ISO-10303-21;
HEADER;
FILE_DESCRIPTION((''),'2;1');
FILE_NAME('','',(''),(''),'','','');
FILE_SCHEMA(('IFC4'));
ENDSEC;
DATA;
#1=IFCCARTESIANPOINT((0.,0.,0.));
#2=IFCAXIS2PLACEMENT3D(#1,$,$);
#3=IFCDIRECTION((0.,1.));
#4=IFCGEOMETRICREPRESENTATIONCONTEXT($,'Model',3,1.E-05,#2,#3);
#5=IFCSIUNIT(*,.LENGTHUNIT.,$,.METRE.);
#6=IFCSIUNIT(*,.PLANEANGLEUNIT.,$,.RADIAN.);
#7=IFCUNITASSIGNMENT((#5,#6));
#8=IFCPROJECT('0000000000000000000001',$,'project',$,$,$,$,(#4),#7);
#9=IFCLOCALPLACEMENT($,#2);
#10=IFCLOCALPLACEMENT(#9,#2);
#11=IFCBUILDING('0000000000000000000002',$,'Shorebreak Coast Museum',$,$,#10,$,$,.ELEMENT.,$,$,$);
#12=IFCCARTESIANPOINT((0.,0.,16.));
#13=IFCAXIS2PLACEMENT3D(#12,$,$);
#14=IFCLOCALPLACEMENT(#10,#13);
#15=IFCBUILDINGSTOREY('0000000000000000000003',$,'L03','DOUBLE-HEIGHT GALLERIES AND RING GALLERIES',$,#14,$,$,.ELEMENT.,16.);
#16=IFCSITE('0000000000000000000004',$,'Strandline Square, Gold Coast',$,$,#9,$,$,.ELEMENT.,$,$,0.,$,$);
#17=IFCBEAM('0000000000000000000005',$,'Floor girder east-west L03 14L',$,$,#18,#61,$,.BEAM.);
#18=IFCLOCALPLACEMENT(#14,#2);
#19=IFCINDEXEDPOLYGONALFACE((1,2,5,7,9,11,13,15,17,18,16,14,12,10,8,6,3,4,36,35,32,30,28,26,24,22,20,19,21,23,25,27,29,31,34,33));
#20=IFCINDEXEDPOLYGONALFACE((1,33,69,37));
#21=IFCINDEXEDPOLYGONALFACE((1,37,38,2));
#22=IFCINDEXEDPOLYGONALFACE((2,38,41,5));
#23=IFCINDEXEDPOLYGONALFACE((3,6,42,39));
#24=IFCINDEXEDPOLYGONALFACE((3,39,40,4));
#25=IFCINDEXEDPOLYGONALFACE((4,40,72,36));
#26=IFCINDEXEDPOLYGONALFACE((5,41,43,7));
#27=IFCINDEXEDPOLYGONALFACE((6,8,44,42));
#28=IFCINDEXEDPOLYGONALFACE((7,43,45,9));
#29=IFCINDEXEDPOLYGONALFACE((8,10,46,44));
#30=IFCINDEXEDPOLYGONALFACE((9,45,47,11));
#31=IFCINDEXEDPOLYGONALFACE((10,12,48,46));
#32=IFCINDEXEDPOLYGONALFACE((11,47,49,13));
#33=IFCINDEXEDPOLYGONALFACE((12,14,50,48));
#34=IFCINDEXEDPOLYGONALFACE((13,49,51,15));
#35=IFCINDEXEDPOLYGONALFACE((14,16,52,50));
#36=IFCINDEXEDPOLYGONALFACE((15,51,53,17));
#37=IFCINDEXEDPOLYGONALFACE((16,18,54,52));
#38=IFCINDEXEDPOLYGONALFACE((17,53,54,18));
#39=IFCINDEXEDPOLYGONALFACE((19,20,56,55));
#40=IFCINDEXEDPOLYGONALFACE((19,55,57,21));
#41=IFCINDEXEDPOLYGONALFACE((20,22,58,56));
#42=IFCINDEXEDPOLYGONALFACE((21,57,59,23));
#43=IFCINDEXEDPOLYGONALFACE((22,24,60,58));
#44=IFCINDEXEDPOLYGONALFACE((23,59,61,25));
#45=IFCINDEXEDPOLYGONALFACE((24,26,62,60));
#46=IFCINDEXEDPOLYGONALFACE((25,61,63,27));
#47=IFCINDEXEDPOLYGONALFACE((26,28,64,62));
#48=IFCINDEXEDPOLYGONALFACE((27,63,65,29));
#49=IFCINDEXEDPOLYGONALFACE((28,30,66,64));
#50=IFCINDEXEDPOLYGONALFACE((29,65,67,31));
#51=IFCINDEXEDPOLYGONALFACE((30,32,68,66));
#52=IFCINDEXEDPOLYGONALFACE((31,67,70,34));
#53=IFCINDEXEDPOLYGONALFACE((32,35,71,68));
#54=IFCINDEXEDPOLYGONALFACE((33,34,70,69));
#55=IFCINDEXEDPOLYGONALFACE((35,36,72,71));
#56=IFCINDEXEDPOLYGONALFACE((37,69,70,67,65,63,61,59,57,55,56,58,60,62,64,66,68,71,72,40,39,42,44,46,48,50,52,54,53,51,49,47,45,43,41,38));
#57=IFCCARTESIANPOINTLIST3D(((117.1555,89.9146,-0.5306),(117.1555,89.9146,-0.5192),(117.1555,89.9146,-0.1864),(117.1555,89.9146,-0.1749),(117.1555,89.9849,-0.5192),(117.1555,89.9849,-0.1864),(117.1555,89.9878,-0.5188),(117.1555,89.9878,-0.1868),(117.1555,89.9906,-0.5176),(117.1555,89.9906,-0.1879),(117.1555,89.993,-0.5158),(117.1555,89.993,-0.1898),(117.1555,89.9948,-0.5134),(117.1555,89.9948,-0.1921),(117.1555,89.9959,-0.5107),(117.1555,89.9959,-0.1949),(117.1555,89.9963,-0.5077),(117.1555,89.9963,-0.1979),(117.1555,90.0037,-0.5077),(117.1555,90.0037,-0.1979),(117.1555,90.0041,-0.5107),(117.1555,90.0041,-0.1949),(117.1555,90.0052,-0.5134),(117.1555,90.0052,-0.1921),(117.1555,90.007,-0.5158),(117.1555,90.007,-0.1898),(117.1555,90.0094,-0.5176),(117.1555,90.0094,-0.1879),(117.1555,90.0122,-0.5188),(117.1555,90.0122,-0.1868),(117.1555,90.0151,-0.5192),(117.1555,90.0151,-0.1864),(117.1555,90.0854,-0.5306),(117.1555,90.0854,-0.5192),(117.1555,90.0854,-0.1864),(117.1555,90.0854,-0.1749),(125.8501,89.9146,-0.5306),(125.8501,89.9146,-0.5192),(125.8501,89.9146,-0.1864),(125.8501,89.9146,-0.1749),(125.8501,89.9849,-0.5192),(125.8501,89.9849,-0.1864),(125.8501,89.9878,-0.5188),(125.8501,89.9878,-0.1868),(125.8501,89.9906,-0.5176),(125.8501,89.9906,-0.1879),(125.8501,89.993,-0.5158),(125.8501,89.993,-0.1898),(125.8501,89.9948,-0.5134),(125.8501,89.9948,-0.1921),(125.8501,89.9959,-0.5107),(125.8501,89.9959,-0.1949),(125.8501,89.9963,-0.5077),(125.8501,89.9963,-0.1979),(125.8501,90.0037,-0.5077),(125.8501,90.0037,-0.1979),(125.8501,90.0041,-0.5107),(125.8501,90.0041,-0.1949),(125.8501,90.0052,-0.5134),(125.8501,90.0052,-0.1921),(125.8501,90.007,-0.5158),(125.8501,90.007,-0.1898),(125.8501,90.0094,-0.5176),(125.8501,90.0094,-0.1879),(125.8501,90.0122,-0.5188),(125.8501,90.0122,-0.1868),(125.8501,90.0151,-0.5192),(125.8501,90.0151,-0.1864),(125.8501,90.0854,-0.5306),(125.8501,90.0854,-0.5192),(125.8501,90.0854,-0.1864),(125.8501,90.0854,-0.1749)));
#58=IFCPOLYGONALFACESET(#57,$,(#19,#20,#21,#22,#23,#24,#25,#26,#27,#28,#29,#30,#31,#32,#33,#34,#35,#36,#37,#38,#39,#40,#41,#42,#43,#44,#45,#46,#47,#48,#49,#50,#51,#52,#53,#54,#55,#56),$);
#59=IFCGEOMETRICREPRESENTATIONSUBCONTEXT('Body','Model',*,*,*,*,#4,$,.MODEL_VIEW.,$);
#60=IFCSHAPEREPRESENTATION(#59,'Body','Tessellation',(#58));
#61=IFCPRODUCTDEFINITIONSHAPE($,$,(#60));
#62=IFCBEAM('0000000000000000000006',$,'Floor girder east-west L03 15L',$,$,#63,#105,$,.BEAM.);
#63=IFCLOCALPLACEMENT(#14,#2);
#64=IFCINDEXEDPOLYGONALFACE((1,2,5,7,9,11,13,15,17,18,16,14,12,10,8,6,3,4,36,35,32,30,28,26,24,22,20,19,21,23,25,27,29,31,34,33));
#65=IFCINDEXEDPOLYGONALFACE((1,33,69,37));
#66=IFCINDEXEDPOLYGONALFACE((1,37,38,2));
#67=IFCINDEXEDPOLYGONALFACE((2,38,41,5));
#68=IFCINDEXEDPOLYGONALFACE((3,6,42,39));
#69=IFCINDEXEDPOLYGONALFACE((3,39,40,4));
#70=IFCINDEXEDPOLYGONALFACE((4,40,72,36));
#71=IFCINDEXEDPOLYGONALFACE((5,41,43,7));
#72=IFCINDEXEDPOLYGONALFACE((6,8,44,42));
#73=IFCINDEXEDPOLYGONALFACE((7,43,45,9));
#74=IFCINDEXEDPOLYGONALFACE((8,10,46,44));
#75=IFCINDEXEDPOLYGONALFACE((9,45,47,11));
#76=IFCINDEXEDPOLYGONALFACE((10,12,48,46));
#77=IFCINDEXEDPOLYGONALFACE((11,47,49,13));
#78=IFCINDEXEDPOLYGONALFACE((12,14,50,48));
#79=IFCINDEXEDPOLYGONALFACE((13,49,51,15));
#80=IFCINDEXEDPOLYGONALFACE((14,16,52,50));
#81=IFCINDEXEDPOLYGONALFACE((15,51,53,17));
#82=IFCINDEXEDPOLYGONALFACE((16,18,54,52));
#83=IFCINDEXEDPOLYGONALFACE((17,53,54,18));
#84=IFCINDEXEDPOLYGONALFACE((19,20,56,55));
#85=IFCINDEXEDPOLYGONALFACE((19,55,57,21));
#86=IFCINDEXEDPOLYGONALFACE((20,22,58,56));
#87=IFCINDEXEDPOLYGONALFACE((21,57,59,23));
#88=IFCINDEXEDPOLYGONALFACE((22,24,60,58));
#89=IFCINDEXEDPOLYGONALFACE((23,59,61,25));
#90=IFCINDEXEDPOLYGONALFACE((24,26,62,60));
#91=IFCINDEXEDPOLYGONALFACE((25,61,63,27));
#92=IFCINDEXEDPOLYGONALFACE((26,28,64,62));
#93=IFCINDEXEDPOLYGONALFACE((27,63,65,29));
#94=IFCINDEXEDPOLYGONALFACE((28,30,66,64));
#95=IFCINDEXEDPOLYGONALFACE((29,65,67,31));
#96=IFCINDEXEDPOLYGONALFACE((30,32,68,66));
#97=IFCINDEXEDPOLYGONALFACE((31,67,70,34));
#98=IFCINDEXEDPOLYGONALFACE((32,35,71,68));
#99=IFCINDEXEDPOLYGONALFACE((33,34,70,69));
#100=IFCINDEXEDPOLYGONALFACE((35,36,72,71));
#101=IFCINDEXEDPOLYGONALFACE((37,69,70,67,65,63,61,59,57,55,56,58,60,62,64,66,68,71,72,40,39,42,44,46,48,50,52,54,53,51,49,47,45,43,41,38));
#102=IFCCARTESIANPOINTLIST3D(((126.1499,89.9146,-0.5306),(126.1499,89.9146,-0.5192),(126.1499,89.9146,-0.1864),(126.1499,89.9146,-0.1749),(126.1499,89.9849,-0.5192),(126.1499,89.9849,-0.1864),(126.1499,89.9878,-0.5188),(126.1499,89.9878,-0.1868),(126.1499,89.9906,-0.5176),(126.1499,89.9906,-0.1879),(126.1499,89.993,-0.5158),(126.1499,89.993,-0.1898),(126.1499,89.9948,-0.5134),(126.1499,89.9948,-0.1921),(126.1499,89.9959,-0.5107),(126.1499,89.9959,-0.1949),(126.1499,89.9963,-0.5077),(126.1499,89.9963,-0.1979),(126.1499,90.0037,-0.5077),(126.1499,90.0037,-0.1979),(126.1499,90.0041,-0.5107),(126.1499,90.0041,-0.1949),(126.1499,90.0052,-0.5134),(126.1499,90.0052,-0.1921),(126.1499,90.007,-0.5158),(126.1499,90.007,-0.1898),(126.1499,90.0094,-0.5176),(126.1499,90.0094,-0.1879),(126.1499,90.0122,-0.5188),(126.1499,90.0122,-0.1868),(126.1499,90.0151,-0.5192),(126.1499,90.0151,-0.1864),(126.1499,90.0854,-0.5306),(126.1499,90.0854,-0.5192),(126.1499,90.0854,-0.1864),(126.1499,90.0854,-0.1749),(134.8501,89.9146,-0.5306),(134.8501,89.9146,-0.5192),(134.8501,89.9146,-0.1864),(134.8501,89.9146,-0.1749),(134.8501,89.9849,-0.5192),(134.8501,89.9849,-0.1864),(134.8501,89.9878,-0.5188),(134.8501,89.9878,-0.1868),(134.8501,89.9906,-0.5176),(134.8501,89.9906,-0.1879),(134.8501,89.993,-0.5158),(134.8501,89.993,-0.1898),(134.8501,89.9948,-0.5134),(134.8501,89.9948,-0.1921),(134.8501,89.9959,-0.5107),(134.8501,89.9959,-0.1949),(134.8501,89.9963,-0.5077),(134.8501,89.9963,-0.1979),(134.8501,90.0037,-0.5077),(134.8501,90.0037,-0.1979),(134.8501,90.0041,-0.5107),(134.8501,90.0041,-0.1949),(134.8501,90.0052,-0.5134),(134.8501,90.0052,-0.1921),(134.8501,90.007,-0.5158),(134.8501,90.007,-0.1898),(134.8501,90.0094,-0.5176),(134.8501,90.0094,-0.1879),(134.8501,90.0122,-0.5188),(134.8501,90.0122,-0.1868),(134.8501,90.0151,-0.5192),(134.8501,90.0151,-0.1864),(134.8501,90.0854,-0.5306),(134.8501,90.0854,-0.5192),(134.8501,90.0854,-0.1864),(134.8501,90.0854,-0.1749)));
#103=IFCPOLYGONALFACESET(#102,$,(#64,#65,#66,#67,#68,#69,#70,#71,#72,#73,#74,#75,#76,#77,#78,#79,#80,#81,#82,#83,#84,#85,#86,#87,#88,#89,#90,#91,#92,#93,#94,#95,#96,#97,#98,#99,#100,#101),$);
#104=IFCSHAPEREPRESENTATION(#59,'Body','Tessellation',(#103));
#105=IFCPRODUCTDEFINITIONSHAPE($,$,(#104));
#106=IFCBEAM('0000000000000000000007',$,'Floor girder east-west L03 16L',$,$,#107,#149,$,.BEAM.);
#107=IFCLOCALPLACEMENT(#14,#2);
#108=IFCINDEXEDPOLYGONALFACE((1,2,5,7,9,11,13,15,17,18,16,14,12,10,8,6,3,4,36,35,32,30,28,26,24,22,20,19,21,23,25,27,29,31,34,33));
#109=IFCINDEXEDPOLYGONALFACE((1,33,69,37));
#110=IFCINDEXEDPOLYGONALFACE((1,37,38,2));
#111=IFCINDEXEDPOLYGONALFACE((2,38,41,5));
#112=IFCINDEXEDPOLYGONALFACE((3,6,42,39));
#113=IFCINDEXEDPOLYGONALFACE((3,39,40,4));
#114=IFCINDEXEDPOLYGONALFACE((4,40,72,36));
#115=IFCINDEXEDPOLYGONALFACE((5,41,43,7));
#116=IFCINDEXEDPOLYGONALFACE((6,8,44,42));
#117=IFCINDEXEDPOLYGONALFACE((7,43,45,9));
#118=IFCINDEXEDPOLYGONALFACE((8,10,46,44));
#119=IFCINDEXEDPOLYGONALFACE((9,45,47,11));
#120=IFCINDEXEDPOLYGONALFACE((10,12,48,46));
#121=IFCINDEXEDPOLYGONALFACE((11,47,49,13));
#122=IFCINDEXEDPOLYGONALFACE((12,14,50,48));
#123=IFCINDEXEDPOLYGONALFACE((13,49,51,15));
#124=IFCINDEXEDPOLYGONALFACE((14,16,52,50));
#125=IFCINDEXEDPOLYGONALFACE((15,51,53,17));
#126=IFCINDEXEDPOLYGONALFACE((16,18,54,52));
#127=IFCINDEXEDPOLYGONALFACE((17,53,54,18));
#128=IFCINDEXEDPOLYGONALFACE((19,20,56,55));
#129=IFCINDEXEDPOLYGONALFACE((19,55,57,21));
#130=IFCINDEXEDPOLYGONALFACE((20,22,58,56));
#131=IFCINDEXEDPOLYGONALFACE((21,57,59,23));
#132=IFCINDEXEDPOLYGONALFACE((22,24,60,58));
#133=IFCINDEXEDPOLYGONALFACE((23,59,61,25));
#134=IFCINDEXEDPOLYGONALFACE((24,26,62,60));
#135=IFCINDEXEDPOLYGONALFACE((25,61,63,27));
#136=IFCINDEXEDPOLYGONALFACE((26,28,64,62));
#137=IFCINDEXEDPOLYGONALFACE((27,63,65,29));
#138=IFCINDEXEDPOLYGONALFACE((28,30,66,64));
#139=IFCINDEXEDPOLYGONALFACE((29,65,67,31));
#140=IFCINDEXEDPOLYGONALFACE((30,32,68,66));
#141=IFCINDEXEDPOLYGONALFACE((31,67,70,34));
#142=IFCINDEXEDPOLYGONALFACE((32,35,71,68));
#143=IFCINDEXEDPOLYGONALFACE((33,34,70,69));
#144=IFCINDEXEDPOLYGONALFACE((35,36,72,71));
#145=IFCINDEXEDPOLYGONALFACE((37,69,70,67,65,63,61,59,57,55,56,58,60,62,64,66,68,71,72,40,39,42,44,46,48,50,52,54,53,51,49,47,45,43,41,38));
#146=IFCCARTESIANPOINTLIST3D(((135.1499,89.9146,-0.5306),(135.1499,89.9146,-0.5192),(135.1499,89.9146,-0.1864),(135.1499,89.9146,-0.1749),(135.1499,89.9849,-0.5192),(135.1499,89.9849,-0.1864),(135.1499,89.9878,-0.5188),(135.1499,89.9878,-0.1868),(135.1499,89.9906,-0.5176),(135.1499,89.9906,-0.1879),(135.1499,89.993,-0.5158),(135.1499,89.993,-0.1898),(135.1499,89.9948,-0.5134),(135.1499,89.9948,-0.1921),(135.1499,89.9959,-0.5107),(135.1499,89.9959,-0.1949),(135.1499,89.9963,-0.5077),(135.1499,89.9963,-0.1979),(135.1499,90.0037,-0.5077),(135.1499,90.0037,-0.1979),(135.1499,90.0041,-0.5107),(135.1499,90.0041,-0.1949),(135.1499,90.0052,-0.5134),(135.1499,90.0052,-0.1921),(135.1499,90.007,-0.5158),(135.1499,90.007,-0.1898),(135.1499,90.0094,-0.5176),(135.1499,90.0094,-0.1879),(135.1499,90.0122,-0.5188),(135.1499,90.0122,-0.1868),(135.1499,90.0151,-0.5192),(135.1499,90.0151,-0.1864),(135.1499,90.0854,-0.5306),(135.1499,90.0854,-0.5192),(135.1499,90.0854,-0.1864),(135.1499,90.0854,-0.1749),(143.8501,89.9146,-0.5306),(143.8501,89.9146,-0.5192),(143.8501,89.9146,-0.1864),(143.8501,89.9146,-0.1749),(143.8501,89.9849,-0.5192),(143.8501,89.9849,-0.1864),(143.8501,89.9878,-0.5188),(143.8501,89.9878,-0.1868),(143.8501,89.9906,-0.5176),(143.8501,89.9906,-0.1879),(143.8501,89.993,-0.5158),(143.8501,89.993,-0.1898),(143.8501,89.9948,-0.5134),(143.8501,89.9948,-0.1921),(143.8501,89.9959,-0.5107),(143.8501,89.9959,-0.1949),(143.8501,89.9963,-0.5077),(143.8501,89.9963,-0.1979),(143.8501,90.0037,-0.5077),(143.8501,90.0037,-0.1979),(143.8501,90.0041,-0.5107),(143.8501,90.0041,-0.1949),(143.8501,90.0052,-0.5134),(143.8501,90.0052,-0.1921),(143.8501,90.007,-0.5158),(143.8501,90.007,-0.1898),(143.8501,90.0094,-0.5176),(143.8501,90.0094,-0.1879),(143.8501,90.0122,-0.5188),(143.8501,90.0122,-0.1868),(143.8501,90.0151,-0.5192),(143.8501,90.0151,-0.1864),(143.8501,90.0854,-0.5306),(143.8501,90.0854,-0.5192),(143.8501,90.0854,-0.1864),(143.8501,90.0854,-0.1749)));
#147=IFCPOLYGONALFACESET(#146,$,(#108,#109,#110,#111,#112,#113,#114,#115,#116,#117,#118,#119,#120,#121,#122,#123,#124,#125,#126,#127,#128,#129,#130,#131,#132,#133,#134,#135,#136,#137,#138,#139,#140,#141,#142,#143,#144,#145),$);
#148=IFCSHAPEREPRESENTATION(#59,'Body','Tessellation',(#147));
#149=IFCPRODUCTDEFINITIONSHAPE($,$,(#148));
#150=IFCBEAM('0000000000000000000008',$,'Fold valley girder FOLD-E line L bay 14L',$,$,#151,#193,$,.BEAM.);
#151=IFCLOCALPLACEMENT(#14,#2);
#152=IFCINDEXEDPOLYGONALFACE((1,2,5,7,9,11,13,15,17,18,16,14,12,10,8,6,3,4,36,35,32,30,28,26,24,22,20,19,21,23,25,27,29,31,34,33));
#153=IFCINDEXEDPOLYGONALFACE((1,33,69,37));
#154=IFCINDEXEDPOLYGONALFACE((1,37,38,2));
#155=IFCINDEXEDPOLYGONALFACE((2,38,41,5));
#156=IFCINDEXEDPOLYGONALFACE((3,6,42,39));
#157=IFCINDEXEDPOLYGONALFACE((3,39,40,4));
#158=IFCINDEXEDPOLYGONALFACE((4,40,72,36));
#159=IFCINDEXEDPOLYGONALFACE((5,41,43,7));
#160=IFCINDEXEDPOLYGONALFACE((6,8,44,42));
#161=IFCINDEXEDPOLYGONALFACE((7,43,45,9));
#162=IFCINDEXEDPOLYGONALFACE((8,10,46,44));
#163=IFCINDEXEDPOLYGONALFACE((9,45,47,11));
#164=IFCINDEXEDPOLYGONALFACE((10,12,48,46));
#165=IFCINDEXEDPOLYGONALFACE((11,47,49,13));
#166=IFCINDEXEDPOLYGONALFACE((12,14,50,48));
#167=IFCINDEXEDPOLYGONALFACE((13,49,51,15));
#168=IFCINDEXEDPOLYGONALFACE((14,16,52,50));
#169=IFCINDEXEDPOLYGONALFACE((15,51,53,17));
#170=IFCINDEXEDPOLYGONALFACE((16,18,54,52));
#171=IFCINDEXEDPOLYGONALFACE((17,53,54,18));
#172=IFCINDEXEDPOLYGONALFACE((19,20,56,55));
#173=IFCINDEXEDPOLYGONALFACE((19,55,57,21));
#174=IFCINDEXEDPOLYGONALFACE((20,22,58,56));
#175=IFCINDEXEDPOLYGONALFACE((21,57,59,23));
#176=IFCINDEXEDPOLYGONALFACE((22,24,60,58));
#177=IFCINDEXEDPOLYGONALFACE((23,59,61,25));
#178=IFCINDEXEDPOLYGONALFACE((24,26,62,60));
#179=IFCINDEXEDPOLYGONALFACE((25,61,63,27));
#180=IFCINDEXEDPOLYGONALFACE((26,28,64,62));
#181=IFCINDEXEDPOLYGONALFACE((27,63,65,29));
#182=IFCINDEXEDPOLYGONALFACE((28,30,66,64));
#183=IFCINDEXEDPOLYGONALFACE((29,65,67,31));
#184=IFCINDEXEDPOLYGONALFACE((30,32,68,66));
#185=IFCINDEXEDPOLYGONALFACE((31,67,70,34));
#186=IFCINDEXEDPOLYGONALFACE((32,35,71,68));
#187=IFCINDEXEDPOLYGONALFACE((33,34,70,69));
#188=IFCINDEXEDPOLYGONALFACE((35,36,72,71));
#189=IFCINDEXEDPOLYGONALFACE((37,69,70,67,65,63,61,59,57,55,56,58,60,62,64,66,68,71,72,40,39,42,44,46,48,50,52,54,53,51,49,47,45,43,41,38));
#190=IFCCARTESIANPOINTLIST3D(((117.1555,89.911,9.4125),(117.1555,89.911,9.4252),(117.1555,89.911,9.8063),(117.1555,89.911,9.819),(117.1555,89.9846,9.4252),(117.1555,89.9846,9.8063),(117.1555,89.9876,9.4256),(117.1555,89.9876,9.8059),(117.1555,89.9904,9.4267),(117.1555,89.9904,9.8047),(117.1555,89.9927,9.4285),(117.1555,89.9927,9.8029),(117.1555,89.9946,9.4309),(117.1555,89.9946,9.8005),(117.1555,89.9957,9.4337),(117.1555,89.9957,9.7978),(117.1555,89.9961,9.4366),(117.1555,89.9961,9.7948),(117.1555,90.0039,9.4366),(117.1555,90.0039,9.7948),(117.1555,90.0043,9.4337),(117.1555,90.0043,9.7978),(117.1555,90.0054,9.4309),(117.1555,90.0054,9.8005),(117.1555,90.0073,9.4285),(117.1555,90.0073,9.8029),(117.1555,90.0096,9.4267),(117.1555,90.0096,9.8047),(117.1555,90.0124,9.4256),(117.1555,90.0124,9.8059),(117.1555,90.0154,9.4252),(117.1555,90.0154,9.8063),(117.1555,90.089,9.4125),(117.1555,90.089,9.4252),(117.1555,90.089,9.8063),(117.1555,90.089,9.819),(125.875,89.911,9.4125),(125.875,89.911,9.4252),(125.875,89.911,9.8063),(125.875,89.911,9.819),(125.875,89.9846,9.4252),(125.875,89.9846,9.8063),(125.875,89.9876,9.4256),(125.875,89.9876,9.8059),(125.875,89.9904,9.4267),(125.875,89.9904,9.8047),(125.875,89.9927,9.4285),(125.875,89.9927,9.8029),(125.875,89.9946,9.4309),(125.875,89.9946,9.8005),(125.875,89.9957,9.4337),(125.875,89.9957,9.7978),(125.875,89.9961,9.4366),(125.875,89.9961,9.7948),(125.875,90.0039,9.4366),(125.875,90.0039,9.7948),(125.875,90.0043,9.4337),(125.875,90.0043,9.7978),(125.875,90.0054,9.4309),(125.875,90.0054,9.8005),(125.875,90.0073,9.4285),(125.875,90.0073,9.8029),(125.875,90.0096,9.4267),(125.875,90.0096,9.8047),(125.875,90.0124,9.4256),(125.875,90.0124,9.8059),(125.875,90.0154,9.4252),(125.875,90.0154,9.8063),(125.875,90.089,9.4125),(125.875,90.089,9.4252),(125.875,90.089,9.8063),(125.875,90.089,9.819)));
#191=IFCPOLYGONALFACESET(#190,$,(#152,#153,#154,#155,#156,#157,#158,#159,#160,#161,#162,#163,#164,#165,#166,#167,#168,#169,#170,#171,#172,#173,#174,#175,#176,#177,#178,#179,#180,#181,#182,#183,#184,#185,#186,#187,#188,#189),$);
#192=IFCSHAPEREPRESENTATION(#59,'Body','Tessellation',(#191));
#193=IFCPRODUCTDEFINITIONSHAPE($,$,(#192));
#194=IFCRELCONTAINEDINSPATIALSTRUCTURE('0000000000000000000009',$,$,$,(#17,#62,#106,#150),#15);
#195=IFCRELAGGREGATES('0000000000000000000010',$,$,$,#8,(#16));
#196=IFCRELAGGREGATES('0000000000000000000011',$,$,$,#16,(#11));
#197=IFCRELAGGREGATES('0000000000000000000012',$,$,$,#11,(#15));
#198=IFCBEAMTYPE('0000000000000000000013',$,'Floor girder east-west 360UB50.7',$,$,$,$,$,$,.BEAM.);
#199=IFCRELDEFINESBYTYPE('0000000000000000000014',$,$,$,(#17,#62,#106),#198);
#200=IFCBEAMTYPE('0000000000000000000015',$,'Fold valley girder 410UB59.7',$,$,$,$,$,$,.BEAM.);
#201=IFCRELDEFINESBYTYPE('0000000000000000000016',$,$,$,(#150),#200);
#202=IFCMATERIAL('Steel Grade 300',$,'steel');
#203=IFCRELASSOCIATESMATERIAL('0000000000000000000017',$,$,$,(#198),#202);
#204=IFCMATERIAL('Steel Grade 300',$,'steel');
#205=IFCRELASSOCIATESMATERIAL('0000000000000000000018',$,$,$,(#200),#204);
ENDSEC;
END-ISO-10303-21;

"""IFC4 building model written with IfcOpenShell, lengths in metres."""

from ifc_helpers import new_model, si_unit, direction, frame, origin, origin_2d, place, context, subcontext, project, spatial, i_section, extrude, material, material_profile, profile_set, type_object, element, save


model = new_model("IFC4")

# Units and contexts
model_context = context("Model", 3, precision=1e-05, world=origin(), true_north=direction((0.0, 1.0)))
body_context = subcontext(model_context, "Body", "Model", "MODEL_VIEW")
ifc_project = project(units=[si_unit("LENGTHUNIT", "METRE"), si_unit("PLANEANGLEUNIT", "RADIAN")], contexts=[model_context])

# Site, building, storey
site_placement = place(None, origin())
site = spatial("IfcSite", under=ifc_project, at=site_placement, Name="Strandline Square, Gold Coast", CompositionType="ELEMENT", RefElevation=0.0)
building_placement = place(site_placement, origin())
building = spatial("IfcBuilding", under=site, at=building_placement, Name="Shorebreak Coast Museum", CompositionType="ELEMENT")
storey_placement = place(building_placement, frame((0.0, 0.0, 16.0)))
storey = spatial("IfcBuildingStorey", under=building, at=storey_placement, Name="L03", Description="DOUBLE-HEIGHT GALLERIES AND RING GALLERIES", CompositionType="ELEMENT", Elevation=16.0)

# Beams
ifc_material_1 = material(Name="Steel Grade 300", Category="steel")
ifc_material_profile_1 = material_profile(ifc_material_1, i_section(OverallWidth=0.1709, OverallDepth=0.3557, WebThickness=0.0073, FlangeThickness=0.0115, FilletRadius=0.0115, at=origin_2d()), Name="360UB50.7")
ifc_profile_set_1 = profile_set([ifc_material_profile_1], Name="Steel Grade 300")
beam_type_1 = type_object("IfcBeamType", Name="Floor girder east-west 360UB50.7", PredefinedType="BEAM", material=ifc_profile_set_1)
beam_1_placement = place(storey_placement, frame((117.1555, 90.0, -0.3528), z_axis=(1.0, 0.0, 0.0), x_axis=(0.0, 1.0, 0.0)))
element("IfcBeam", 1, at=beam_1_placement, inside=storey, type_object=beam_type_1, Name="Floor girder east-west L03 14L", PredefinedType="BEAM", context=body_context, shape_type="SweptSolid", body=[
    extrude(i_section(OverallWidth=0.1709, OverallDepth=0.3557, WebThickness=0.0073, FlangeThickness=0.0115, FilletRadius=0.0115, at=origin_2d()), origin(), (0.0, 0.0, 1.0), 8.6946),
])
for number, where, z_axis, x_axis, name in (
    (2, (126.1499, 90.0, -0.3528), (1.0, 0.0, 0.0), (0.0, 1.0, 0.0), "Floor girder east-west L03 15L"),
    (3, (135.1499, 90.0, -0.3528), (1.0, 0.0, 0.0), (0.0, 1.0, 0.0), "Floor girder east-west L03 16L"),
):
    element("IfcBeam", number, at=place(storey_placement, frame(where, z_axis=z_axis, x_axis=x_axis)), inside=storey, type_object=beam_type_1, Name=name, PredefinedType="BEAM", context=body_context, shape_type="SweptSolid", body=[
        extrude(i_section(OverallWidth=0.1709, OverallDepth=0.3557, WebThickness=0.0073, FlangeThickness=0.0115, FilletRadius=0.0115, at=origin_2d()), origin(), (0.0, 0.0, 1.0), 8.7002),
    ])
ifc_material_2 = material(Name="Steel Grade 300", Category="steel")
ifc_material_profile_2 = material_profile(ifc_material_2, i_section(OverallWidth=0.178, OverallDepth=0.4065, WebThickness=0.0078, FlangeThickness=0.0127, FilletRadius=0.0115, at=origin_2d()), Name="410UB59.7")
ifc_profile_set_2 = profile_set([ifc_material_profile_2], Name="Steel Grade 300")
beam_type_2 = type_object("IfcBeamType", Name="Fold valley girder 410UB59.7", PredefinedType="BEAM", material=ifc_profile_set_2)
beam_2_placement = place(storey_placement, frame((117.1555, 90.0, 9.6157), z_axis=(1.0, 0.0, 0.0), x_axis=(0.0, 1.0, 0.0)))
element("IfcBeam", 4, at=beam_2_placement, inside=storey, type_object=beam_type_2, Name="Fold valley girder FOLD-E line L bay 14L", PredefinedType="BEAM", context=body_context, shape_type="SweptSolid", body=[
    extrude(i_section(OverallWidth=0.178, OverallDepth=0.4065, WebThickness=0.0078, FlangeThickness=0.0127, FilletRadius=0.0115, at=origin_2d()), origin(), (0.0, 0.0, 1.0), 8.7195),
])

save(model, "model.ifc")
